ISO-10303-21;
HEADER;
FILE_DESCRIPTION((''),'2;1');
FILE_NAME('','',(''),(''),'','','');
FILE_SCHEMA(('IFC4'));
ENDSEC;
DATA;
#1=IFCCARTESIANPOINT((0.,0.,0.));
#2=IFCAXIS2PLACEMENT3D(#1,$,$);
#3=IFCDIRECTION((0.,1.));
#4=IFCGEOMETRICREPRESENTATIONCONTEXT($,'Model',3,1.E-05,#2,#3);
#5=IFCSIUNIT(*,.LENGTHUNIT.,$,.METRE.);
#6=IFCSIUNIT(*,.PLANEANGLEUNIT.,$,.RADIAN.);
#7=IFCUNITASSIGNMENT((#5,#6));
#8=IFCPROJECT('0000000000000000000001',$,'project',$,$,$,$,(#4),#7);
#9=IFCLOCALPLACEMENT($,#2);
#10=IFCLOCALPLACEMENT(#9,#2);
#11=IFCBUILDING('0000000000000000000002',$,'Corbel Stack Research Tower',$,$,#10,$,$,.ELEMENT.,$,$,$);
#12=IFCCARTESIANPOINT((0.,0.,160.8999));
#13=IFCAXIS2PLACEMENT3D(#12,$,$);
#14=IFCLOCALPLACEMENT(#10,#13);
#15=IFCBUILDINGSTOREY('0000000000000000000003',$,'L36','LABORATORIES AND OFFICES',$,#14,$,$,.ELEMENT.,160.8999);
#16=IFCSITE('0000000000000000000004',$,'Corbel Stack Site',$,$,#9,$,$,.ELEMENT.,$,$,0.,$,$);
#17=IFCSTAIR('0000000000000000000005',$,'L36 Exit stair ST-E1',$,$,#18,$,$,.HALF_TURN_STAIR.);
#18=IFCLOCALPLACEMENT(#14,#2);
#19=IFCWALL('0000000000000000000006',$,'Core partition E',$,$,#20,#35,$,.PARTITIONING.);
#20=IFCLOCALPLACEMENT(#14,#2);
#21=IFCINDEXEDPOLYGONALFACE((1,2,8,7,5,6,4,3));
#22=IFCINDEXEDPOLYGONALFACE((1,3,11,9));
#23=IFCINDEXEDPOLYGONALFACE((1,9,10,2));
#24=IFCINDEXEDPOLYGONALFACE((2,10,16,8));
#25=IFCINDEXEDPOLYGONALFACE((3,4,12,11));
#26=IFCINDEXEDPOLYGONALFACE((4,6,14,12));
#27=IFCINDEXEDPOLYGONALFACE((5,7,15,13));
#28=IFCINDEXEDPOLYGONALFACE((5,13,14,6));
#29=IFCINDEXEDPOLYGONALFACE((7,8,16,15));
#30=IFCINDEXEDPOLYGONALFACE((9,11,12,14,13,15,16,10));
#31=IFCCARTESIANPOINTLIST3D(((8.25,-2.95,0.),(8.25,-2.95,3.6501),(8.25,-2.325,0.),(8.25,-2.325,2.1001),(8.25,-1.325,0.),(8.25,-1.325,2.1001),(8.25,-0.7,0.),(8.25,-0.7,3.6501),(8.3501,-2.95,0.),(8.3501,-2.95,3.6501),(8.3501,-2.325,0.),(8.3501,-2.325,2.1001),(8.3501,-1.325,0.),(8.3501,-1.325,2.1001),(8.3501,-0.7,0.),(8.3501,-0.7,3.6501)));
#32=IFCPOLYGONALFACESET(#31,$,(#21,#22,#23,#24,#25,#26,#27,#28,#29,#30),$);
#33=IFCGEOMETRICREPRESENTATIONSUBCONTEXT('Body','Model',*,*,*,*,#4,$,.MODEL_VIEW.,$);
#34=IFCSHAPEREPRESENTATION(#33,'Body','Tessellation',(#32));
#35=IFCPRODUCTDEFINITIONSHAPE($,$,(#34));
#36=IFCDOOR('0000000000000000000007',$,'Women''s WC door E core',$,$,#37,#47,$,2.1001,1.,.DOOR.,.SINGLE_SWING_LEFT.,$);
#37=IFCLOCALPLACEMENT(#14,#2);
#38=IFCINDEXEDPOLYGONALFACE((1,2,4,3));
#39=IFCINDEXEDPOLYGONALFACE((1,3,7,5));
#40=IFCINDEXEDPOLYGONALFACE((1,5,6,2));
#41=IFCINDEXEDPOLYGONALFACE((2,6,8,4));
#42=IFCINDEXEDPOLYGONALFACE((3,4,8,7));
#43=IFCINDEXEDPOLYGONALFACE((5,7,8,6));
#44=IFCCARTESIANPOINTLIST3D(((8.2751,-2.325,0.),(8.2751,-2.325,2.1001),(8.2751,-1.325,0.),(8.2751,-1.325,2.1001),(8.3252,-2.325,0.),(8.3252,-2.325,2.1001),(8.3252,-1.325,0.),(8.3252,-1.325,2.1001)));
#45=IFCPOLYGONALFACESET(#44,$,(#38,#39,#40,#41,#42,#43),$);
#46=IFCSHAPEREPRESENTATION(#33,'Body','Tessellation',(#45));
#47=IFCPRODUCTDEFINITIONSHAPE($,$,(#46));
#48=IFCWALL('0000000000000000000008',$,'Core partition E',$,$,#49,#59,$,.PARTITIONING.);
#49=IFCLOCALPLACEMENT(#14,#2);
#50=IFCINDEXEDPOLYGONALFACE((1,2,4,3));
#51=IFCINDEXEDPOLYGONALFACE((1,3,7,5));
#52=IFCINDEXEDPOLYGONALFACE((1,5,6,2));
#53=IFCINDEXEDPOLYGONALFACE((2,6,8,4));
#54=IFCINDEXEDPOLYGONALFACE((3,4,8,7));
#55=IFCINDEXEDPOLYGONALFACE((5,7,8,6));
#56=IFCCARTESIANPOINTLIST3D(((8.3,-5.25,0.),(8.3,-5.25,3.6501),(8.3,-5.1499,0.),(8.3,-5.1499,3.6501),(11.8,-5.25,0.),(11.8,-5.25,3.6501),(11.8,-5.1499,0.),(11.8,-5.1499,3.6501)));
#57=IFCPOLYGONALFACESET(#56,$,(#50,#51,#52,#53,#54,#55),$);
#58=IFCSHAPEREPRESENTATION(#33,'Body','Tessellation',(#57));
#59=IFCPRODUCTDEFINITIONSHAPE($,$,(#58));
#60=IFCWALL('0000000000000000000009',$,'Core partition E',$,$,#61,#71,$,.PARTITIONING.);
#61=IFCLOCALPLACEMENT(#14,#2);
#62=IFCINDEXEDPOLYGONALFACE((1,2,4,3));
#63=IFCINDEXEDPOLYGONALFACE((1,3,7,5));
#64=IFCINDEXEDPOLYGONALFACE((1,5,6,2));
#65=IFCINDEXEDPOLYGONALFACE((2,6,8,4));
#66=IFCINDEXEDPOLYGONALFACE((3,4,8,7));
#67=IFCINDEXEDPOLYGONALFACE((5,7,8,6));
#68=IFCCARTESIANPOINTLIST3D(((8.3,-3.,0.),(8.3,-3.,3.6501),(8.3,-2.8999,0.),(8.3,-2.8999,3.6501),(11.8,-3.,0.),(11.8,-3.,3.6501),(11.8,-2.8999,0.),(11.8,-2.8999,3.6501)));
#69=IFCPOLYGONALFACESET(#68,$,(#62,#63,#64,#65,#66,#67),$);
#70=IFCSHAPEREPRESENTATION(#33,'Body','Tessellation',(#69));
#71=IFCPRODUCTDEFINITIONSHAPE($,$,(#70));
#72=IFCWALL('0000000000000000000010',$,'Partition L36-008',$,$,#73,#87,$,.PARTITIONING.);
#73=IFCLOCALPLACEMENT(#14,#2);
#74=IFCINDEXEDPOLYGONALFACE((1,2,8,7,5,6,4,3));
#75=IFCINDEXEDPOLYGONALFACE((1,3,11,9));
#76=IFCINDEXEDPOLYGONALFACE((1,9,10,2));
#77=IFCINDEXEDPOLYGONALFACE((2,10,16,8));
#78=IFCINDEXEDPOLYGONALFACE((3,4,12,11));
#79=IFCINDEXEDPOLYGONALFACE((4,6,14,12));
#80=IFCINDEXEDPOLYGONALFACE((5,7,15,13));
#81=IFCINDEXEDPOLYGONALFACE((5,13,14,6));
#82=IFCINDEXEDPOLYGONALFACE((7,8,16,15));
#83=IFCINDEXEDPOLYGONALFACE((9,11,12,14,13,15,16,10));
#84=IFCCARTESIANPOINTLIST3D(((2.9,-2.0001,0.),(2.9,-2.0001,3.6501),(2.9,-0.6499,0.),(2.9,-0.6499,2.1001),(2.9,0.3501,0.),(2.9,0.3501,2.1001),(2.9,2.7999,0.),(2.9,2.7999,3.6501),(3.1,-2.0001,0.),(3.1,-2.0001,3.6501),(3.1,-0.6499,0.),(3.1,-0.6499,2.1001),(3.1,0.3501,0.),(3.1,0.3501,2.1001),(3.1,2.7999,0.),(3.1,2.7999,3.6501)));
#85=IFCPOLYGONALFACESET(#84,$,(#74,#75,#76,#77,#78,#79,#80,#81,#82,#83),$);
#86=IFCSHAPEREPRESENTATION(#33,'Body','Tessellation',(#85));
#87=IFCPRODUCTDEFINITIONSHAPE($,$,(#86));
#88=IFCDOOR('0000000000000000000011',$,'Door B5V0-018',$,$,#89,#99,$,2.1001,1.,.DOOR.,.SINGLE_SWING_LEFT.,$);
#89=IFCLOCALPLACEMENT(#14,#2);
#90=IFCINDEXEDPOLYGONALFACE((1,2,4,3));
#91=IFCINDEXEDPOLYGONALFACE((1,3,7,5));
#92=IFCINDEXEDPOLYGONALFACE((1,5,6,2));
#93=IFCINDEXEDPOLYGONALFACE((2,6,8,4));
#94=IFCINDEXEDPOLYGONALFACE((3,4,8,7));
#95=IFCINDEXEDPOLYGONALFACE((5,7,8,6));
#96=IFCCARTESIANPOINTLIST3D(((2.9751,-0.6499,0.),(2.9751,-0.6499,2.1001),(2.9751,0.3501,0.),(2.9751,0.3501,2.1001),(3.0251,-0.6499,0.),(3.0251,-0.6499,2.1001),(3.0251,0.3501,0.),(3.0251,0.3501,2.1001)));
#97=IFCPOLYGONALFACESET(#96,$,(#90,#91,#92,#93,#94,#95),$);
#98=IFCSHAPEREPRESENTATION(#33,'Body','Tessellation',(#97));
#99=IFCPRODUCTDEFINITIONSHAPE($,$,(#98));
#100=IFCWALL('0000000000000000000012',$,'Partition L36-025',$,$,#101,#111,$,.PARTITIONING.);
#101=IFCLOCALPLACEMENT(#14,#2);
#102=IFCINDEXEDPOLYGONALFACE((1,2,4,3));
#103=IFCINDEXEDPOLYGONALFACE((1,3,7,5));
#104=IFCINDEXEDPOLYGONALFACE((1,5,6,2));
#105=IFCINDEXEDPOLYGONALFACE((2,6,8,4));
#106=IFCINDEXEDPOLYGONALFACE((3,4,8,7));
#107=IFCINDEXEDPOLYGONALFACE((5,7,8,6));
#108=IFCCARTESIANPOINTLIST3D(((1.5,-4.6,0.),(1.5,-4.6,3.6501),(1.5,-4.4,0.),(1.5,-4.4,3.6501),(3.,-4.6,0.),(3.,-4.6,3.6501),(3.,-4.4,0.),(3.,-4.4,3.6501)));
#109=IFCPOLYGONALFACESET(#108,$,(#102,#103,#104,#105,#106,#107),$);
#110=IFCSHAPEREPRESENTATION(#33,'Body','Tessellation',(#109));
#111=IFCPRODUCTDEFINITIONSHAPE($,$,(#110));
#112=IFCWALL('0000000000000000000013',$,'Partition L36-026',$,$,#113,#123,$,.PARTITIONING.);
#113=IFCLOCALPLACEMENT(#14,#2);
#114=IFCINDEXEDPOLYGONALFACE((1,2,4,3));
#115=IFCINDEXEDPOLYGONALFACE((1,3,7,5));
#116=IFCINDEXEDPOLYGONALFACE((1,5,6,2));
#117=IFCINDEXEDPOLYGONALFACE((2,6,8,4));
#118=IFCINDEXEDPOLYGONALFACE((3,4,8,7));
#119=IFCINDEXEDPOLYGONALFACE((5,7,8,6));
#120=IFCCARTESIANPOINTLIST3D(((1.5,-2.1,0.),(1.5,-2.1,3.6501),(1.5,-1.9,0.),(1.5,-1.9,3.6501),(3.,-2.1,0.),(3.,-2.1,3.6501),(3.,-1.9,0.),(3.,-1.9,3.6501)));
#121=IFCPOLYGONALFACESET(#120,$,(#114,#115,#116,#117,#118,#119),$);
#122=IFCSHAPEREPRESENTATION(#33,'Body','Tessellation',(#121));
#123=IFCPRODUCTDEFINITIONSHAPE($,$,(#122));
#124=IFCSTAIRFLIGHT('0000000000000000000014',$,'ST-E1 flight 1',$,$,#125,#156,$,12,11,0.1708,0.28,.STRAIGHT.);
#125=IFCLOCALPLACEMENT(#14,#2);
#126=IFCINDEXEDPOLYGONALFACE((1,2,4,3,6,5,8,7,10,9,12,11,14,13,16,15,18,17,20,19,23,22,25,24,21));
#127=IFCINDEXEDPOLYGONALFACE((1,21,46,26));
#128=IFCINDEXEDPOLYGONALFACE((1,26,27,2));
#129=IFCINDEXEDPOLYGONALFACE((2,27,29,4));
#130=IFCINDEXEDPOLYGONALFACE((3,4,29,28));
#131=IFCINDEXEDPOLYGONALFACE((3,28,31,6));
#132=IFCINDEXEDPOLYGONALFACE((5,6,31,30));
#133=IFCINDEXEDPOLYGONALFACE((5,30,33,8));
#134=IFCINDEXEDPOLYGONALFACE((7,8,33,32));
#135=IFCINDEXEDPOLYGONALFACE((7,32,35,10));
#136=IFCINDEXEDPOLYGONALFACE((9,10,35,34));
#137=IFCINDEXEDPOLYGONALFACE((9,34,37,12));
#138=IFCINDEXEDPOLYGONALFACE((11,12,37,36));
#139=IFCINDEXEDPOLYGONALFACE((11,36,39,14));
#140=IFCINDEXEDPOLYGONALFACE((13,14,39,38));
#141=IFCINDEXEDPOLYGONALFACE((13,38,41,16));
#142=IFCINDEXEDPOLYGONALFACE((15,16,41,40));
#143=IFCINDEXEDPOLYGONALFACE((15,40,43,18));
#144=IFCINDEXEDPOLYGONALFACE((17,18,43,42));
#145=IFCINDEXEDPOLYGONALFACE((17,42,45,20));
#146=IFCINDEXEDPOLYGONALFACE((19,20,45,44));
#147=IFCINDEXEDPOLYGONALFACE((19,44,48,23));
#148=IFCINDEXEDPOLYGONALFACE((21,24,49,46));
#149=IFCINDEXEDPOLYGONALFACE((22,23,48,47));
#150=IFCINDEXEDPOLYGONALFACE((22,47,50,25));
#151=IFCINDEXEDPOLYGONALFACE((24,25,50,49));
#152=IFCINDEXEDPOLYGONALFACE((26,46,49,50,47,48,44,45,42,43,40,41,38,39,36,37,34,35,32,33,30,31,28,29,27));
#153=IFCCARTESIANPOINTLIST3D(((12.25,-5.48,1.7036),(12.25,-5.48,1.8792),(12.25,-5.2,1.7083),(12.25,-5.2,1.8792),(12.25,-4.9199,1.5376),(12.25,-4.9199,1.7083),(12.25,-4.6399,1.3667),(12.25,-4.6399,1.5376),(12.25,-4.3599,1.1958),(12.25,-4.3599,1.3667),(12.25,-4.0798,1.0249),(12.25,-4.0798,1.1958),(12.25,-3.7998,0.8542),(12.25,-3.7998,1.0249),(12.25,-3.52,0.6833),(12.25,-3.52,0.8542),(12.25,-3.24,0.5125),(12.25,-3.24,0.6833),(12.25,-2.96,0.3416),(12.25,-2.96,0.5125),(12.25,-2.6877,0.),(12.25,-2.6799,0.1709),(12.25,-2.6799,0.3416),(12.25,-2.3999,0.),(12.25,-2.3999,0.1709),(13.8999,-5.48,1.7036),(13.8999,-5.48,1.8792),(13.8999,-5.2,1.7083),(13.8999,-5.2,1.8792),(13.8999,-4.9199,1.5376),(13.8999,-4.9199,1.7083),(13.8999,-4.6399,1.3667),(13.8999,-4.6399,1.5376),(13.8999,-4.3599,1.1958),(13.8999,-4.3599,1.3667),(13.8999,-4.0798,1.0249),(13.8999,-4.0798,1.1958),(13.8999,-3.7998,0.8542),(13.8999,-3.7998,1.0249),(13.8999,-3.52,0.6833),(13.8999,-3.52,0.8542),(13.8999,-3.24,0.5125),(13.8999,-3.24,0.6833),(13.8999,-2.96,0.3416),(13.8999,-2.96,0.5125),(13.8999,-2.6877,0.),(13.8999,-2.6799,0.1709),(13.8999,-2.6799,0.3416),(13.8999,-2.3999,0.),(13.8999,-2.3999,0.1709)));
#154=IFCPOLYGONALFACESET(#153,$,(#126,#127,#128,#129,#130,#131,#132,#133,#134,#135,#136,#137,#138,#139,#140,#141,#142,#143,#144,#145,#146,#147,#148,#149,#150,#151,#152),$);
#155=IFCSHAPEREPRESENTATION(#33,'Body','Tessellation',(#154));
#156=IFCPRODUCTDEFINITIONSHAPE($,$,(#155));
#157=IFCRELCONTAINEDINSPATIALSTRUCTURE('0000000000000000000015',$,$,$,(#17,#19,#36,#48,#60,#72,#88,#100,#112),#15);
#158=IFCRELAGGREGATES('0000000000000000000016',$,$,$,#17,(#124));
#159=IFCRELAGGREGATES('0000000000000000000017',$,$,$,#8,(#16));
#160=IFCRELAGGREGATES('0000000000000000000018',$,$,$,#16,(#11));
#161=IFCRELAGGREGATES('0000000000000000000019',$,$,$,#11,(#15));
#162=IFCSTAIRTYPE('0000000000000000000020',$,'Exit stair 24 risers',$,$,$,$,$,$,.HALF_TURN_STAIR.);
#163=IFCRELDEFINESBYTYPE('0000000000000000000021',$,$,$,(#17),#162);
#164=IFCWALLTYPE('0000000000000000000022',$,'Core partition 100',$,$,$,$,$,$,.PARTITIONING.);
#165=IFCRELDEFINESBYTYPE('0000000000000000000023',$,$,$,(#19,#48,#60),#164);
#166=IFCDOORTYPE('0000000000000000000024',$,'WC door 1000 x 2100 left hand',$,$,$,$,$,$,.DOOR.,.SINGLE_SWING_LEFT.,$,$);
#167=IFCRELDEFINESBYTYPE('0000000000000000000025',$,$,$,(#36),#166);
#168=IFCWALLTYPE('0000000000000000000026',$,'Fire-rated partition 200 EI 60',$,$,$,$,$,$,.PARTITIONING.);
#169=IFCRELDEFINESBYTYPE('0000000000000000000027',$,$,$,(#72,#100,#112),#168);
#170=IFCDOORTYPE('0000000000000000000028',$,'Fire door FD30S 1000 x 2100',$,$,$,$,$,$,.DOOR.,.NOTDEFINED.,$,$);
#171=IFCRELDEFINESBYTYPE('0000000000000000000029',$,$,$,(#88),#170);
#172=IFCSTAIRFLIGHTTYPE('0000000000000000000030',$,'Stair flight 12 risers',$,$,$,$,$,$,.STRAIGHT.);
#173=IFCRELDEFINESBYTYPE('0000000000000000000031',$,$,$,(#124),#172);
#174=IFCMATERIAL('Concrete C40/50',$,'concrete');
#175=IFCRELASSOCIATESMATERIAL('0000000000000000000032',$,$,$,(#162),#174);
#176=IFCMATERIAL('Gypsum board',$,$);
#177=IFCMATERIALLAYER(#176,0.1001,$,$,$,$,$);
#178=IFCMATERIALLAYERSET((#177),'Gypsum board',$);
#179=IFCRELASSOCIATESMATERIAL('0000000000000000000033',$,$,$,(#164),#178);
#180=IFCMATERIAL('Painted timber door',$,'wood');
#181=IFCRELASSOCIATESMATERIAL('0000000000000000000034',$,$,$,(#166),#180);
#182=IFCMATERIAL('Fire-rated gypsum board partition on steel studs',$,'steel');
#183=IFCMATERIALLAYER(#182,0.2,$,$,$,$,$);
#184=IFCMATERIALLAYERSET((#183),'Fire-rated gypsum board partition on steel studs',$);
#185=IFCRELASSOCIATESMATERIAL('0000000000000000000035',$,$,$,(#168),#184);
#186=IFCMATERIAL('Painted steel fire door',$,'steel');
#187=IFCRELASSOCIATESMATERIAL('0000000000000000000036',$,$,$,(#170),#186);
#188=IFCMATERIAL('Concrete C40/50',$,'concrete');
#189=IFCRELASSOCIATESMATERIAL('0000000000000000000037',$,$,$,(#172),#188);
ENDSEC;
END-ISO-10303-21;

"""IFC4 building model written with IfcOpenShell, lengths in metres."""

from ifc_helpers import new_model, si_unit, direction, frame, frame_2d, origin, place, context, subcontext, project, spatial, polyline, rectangle, outline, extrude, material, layer, layer_set, type_object, element, fill, aggregate, save


model = new_model("IFC4")

# Units and contexts
model_context = context("Model", 3, precision=1e-05, world=origin(), true_north=direction((0.0, 1.0)))
body_context = subcontext(model_context, "Body", "Model", "MODEL_VIEW")
ifc_project = project(units=[si_unit("LENGTHUNIT", "METRE"), si_unit("PLANEANGLEUNIT", "RADIAN")], contexts=[model_context])

# Site, building, storey
site_placement = place(None, origin())
site = spatial("IfcSite", under=ifc_project, at=site_placement, Name="Corbel Stack Site", CompositionType="ELEMENT", RefElevation=0.0)
building_placement = place(site_placement, origin())
building = spatial("IfcBuilding", under=site, at=building_placement, Name="Corbel Stack Research Tower", CompositionType="ELEMENT")
storey_placement = place(building_placement, frame((0.0, 0.0, 160.8999)))
storey = spatial("IfcBuildingStorey", under=building, at=storey_placement, Name="L36", Description="LABORATORIES AND OFFICES", CompositionType="ELEMENT", Elevation=160.8999)

# Stair
ifc_material_1 = material(Name="Concrete C40/50", Category="concrete")
stair_type = type_object("IfcStairType", Name="Exit stair 24 risers", PredefinedType="HALF_TURN_STAIR", material=ifc_material_1)
stair_1_placement = place(storey_placement, origin())
stair_1 = element("IfcStair", 1, at=stair_1_placement, inside=storey, type_object=stair_type, Name="L36 Exit stair ST-E1", PredefinedType="HALF_TURN_STAIR")

# Wall, opening, door
ifc_material_2 = material(Name="Gypsum board")
ifc_layer_1 = layer(ifc_material_2, 0.1001)
ifc_layer_set_1 = layer_set([ifc_layer_1], Name="Gypsum board")
wall_type_1 = type_object("IfcWallType", Name="Core partition 100", PredefinedType="PARTITIONING", material=ifc_layer_set_1)
ifc_material_3 = material(Name="Painted timber door", Category="wood")
door_type_1 = type_object("IfcDoorType", Name="WC door 1000 x 2100 left hand", OperationType="SINGLE_SWING_LEFT", PredefinedType="DOOR", material=ifc_material_3)
wall_1_placement = place(storey_placement, frame((8.3, -2.95, 0.0), z_axis=(0.0, 0.0, 1.0), x_axis=(0.0, 1.0, 0.0)))
wall_1 = element("IfcWall", 2, at=wall_1_placement, inside=storey, type_object=wall_type_1, Name="Core partition E", PredefinedType="PARTITIONING", context=body_context, shape_type="SweptSolid", body=[
    extrude(rectangle(XDim=2.25, YDim=0.1001, at=frame_2d((1.125, 0.0))), origin(), (0.0, 0.0, 1.0), 3.6501),
])
opening_1_placement = place(wall_1_placement, frame((0.625, 0.0, 0.0)))
opening_1 = element("IfcOpeningElement", 3, at=opening_1_placement, cuts=wall_1, PredefinedType="OPENING", context=body_context, shape_type="SweptSolid", body=[
    extrude(rectangle(XDim=1.0, YDim=2.1001, at=frame_2d((0.5, 1.05))), frame((0.0, 0.0601, 0.0), z_axis=(0.0, -1.0, 0.0), x_axis=(1.0, 0.0, 0.0)), (0.0, 0.0, 1.0), 0.1201),
])
door_1_placement = place(opening_1_placement, origin())
door_1 = element("IfcDoor", 4, at=door_1_placement, inside=storey, type_object=door_type_1, Name="Women's WC door E core", OperationType="SINGLE_SWING_LEFT", OverallHeight=2.1001, OverallWidth=1.0, PredefinedType="DOOR", context=body_context, shape_type="SweptSolid", body=[
    extrude(rectangle(XDim=1.0, YDim=2.1001, at=frame_2d((0.5, 1.05))), frame((0.0, 0.0249, 0.0), z_axis=(0.0, -1.0, 0.0), x_axis=(1.0, 0.0, 0.0)), (0.0, 0.0, 1.0), 0.05),
])
fill(opening_1, door_1)

# Walls
for number, where, z_axis, x_axis, name in (
    (5, (8.3, -5.2, 0.0), (0.0, 0.0, 1.0), (1.0, 0.0, 0.0), "Core partition E"),
    (6, (8.3, -2.95, 0.0), (0.0, 0.0, 1.0), (1.0, 0.0, 0.0), "Core partition E"),
):
    element("IfcWall", number, at=place(storey_placement, frame(where, z_axis=z_axis, x_axis=x_axis)), inside=storey, type_object=wall_type_1, Name=name, PredefinedType="PARTITIONING", context=body_context, shape_type="SweptSolid", body=[
        extrude(rectangle(XDim=3.5, YDim=0.1001, at=frame_2d((1.75, 0.0))), origin(), (0.0, 0.0, 1.0), 3.6501),
    ])

# Wall, opening, door
ifc_material_4 = material(Name="Fire-rated gypsum board partition on steel studs", Category="steel")
ifc_layer_2 = layer(ifc_material_4, 0.2)
ifc_layer_set_2 = layer_set([ifc_layer_2], Name="Fire-rated gypsum board partition on steel studs")
wall_type_2 = type_object("IfcWallType", Name="Fire-rated partition 200 EI 60", PredefinedType="PARTITIONING", material=ifc_layer_set_2)
wall_2_placement = place(storey_placement, frame((3.0, -2.0, 0.0), z_axis=(0.0, 0.0, 1.0), x_axis=(0.0, 1.0, 0.0)))
wall_2 = element("IfcWall", 7, at=wall_2_placement, inside=storey, type_object=wall_type_2, Name="Partition L36-008", PredefinedType="PARTITIONING", context=body_context, shape_type="SweptSolid", body=[
    extrude(rectangle(XDim=4.8, YDim=0.2, at=frame_2d((2.3999, 0.0))), origin(), (0.0, 0.0, 1.0), 3.6501),
])
opening_2_placement = place(wall_2_placement, frame((1.3501, 0.0, 0.0)))
opening_2 = element("IfcOpeningElement", 8, at=opening_2_placement, cuts=wall_2, PredefinedType="OPENING", context=body_context, shape_type="SweptSolid", body=[
    extrude(rectangle(XDim=1.0, YDim=2.1001, at=frame_2d((0.5, 1.05))), frame((0.0, 0.1099, 0.0), z_axis=(0.0, -1.0, 0.0), x_axis=(1.0, 0.0, 0.0)), (0.0, 0.0, 1.0), 0.22),
])
ifc_material_5 = material(Name="Painted steel fire door", Category="steel")
door_type_2 = type_object("IfcDoorType", Name="Fire door FD30S 1000 x 2100", OperationType="NOTDEFINED", PredefinedType="DOOR", material=ifc_material_5)
door_2_placement = place(opening_2_placement, origin())
door_2 = element("IfcDoor", 9, at=door_2_placement, inside=storey, type_object=door_type_2, Name="Door B5V0-018", OperationType="SINGLE_SWING_LEFT", OverallHeight=2.1001, OverallWidth=1.0, PredefinedType="DOOR", context=body_context, shape_type="SweptSolid", body=[
    extrude(rectangle(XDim=1.0, YDim=2.1001, at=frame_2d((0.5, 1.05))), frame((0.0, 0.0249, 0.0), z_axis=(0.0, -1.0, 0.0), x_axis=(1.0, 0.0, 0.0)), (0.0, 0.0, 1.0), 0.05),
])
fill(opening_2, door_2)

# Walls
for number, where, z_axis, x_axis, name in (
    (10, (1.5, -4.5, 0.0), (0.0, 0.0, 1.0), (1.0, 0.0, 0.0), "Partition L36-025"),
    (11, (1.5, -2.0, 0.0), (0.0, 0.0, 1.0), (1.0, 0.0, 0.0), "Partition L36-026"),
):
    element("IfcWall", number, at=place(storey_placement, frame(where, z_axis=z_axis, x_axis=x_axis)), inside=storey, type_object=wall_type_2, Name=name, PredefinedType="PARTITIONING", context=body_context, shape_type="SweptSolid", body=[
        extrude(rectangle(XDim=1.5, YDim=0.2, at=frame_2d((0.75, 0.0))), origin(), (0.0, 0.0, 1.0), 3.6501),
    ])

# Stair flight
ifc_material_6 = material(Name="Concrete C40/50", Category="concrete")
stair_flight_type = type_object("IfcStairFlightType", Name="Stair flight 12 risers", PredefinedType="STRAIGHT", material=ifc_material_6)
stair_flight_placement = place(storey_placement, frame((13.075, -2.3999, 0.0), z_axis=(0.0, 0.0, 1.0), x_axis=(0.0, -1.0, 0.0)))
stair_flight = element("IfcStairFlight", 12, at=stair_flight_placement, type_object=stair_flight_type, Name="ST-E1 flight 1", NumberOfRisers=12, NumberOfTreads=11, PredefinedType="STRAIGHT", RiserHeight=0.1708, TreadLength=0.28, context=body_context, shape_type="SweptSolid", body=[
    extrude(outline(polyline([(0.0, 0.0), (0.0, 0.1709), (0.28, 0.1709), (0.28, 0.3416), (0.5601, 0.3416), (0.5601, 0.5125), (0.8401, 0.5125), (0.8401, 0.6833), (1.1201, 0.6833), (1.1201, 0.8542), (1.3999, 0.8542), (1.3999, 1.0249), (1.6799, 1.0249), (1.6799, 1.1958), (1.96, 1.1958), (1.96, 1.3667), (2.24, 1.3667), (2.24, 1.5376), (2.52, 1.5376), (2.52, 1.7083), (2.8, 1.7083), (2.8, 1.8792), (3.0801, 1.8792), (3.0801, 2.05), (3.0801, 1.7036), (0.2878, 0.0), (0.0, 0.0)])), frame((0.0, 0.825, 0.0), z_axis=(0.0, -1.0, 0.0), x_axis=(1.0, 0.0, 0.0)), (0.0, 0.0, 1.0), 1.6499),
])
aggregate(stair_1, [stair_flight])

save(model, "model.ifc")
